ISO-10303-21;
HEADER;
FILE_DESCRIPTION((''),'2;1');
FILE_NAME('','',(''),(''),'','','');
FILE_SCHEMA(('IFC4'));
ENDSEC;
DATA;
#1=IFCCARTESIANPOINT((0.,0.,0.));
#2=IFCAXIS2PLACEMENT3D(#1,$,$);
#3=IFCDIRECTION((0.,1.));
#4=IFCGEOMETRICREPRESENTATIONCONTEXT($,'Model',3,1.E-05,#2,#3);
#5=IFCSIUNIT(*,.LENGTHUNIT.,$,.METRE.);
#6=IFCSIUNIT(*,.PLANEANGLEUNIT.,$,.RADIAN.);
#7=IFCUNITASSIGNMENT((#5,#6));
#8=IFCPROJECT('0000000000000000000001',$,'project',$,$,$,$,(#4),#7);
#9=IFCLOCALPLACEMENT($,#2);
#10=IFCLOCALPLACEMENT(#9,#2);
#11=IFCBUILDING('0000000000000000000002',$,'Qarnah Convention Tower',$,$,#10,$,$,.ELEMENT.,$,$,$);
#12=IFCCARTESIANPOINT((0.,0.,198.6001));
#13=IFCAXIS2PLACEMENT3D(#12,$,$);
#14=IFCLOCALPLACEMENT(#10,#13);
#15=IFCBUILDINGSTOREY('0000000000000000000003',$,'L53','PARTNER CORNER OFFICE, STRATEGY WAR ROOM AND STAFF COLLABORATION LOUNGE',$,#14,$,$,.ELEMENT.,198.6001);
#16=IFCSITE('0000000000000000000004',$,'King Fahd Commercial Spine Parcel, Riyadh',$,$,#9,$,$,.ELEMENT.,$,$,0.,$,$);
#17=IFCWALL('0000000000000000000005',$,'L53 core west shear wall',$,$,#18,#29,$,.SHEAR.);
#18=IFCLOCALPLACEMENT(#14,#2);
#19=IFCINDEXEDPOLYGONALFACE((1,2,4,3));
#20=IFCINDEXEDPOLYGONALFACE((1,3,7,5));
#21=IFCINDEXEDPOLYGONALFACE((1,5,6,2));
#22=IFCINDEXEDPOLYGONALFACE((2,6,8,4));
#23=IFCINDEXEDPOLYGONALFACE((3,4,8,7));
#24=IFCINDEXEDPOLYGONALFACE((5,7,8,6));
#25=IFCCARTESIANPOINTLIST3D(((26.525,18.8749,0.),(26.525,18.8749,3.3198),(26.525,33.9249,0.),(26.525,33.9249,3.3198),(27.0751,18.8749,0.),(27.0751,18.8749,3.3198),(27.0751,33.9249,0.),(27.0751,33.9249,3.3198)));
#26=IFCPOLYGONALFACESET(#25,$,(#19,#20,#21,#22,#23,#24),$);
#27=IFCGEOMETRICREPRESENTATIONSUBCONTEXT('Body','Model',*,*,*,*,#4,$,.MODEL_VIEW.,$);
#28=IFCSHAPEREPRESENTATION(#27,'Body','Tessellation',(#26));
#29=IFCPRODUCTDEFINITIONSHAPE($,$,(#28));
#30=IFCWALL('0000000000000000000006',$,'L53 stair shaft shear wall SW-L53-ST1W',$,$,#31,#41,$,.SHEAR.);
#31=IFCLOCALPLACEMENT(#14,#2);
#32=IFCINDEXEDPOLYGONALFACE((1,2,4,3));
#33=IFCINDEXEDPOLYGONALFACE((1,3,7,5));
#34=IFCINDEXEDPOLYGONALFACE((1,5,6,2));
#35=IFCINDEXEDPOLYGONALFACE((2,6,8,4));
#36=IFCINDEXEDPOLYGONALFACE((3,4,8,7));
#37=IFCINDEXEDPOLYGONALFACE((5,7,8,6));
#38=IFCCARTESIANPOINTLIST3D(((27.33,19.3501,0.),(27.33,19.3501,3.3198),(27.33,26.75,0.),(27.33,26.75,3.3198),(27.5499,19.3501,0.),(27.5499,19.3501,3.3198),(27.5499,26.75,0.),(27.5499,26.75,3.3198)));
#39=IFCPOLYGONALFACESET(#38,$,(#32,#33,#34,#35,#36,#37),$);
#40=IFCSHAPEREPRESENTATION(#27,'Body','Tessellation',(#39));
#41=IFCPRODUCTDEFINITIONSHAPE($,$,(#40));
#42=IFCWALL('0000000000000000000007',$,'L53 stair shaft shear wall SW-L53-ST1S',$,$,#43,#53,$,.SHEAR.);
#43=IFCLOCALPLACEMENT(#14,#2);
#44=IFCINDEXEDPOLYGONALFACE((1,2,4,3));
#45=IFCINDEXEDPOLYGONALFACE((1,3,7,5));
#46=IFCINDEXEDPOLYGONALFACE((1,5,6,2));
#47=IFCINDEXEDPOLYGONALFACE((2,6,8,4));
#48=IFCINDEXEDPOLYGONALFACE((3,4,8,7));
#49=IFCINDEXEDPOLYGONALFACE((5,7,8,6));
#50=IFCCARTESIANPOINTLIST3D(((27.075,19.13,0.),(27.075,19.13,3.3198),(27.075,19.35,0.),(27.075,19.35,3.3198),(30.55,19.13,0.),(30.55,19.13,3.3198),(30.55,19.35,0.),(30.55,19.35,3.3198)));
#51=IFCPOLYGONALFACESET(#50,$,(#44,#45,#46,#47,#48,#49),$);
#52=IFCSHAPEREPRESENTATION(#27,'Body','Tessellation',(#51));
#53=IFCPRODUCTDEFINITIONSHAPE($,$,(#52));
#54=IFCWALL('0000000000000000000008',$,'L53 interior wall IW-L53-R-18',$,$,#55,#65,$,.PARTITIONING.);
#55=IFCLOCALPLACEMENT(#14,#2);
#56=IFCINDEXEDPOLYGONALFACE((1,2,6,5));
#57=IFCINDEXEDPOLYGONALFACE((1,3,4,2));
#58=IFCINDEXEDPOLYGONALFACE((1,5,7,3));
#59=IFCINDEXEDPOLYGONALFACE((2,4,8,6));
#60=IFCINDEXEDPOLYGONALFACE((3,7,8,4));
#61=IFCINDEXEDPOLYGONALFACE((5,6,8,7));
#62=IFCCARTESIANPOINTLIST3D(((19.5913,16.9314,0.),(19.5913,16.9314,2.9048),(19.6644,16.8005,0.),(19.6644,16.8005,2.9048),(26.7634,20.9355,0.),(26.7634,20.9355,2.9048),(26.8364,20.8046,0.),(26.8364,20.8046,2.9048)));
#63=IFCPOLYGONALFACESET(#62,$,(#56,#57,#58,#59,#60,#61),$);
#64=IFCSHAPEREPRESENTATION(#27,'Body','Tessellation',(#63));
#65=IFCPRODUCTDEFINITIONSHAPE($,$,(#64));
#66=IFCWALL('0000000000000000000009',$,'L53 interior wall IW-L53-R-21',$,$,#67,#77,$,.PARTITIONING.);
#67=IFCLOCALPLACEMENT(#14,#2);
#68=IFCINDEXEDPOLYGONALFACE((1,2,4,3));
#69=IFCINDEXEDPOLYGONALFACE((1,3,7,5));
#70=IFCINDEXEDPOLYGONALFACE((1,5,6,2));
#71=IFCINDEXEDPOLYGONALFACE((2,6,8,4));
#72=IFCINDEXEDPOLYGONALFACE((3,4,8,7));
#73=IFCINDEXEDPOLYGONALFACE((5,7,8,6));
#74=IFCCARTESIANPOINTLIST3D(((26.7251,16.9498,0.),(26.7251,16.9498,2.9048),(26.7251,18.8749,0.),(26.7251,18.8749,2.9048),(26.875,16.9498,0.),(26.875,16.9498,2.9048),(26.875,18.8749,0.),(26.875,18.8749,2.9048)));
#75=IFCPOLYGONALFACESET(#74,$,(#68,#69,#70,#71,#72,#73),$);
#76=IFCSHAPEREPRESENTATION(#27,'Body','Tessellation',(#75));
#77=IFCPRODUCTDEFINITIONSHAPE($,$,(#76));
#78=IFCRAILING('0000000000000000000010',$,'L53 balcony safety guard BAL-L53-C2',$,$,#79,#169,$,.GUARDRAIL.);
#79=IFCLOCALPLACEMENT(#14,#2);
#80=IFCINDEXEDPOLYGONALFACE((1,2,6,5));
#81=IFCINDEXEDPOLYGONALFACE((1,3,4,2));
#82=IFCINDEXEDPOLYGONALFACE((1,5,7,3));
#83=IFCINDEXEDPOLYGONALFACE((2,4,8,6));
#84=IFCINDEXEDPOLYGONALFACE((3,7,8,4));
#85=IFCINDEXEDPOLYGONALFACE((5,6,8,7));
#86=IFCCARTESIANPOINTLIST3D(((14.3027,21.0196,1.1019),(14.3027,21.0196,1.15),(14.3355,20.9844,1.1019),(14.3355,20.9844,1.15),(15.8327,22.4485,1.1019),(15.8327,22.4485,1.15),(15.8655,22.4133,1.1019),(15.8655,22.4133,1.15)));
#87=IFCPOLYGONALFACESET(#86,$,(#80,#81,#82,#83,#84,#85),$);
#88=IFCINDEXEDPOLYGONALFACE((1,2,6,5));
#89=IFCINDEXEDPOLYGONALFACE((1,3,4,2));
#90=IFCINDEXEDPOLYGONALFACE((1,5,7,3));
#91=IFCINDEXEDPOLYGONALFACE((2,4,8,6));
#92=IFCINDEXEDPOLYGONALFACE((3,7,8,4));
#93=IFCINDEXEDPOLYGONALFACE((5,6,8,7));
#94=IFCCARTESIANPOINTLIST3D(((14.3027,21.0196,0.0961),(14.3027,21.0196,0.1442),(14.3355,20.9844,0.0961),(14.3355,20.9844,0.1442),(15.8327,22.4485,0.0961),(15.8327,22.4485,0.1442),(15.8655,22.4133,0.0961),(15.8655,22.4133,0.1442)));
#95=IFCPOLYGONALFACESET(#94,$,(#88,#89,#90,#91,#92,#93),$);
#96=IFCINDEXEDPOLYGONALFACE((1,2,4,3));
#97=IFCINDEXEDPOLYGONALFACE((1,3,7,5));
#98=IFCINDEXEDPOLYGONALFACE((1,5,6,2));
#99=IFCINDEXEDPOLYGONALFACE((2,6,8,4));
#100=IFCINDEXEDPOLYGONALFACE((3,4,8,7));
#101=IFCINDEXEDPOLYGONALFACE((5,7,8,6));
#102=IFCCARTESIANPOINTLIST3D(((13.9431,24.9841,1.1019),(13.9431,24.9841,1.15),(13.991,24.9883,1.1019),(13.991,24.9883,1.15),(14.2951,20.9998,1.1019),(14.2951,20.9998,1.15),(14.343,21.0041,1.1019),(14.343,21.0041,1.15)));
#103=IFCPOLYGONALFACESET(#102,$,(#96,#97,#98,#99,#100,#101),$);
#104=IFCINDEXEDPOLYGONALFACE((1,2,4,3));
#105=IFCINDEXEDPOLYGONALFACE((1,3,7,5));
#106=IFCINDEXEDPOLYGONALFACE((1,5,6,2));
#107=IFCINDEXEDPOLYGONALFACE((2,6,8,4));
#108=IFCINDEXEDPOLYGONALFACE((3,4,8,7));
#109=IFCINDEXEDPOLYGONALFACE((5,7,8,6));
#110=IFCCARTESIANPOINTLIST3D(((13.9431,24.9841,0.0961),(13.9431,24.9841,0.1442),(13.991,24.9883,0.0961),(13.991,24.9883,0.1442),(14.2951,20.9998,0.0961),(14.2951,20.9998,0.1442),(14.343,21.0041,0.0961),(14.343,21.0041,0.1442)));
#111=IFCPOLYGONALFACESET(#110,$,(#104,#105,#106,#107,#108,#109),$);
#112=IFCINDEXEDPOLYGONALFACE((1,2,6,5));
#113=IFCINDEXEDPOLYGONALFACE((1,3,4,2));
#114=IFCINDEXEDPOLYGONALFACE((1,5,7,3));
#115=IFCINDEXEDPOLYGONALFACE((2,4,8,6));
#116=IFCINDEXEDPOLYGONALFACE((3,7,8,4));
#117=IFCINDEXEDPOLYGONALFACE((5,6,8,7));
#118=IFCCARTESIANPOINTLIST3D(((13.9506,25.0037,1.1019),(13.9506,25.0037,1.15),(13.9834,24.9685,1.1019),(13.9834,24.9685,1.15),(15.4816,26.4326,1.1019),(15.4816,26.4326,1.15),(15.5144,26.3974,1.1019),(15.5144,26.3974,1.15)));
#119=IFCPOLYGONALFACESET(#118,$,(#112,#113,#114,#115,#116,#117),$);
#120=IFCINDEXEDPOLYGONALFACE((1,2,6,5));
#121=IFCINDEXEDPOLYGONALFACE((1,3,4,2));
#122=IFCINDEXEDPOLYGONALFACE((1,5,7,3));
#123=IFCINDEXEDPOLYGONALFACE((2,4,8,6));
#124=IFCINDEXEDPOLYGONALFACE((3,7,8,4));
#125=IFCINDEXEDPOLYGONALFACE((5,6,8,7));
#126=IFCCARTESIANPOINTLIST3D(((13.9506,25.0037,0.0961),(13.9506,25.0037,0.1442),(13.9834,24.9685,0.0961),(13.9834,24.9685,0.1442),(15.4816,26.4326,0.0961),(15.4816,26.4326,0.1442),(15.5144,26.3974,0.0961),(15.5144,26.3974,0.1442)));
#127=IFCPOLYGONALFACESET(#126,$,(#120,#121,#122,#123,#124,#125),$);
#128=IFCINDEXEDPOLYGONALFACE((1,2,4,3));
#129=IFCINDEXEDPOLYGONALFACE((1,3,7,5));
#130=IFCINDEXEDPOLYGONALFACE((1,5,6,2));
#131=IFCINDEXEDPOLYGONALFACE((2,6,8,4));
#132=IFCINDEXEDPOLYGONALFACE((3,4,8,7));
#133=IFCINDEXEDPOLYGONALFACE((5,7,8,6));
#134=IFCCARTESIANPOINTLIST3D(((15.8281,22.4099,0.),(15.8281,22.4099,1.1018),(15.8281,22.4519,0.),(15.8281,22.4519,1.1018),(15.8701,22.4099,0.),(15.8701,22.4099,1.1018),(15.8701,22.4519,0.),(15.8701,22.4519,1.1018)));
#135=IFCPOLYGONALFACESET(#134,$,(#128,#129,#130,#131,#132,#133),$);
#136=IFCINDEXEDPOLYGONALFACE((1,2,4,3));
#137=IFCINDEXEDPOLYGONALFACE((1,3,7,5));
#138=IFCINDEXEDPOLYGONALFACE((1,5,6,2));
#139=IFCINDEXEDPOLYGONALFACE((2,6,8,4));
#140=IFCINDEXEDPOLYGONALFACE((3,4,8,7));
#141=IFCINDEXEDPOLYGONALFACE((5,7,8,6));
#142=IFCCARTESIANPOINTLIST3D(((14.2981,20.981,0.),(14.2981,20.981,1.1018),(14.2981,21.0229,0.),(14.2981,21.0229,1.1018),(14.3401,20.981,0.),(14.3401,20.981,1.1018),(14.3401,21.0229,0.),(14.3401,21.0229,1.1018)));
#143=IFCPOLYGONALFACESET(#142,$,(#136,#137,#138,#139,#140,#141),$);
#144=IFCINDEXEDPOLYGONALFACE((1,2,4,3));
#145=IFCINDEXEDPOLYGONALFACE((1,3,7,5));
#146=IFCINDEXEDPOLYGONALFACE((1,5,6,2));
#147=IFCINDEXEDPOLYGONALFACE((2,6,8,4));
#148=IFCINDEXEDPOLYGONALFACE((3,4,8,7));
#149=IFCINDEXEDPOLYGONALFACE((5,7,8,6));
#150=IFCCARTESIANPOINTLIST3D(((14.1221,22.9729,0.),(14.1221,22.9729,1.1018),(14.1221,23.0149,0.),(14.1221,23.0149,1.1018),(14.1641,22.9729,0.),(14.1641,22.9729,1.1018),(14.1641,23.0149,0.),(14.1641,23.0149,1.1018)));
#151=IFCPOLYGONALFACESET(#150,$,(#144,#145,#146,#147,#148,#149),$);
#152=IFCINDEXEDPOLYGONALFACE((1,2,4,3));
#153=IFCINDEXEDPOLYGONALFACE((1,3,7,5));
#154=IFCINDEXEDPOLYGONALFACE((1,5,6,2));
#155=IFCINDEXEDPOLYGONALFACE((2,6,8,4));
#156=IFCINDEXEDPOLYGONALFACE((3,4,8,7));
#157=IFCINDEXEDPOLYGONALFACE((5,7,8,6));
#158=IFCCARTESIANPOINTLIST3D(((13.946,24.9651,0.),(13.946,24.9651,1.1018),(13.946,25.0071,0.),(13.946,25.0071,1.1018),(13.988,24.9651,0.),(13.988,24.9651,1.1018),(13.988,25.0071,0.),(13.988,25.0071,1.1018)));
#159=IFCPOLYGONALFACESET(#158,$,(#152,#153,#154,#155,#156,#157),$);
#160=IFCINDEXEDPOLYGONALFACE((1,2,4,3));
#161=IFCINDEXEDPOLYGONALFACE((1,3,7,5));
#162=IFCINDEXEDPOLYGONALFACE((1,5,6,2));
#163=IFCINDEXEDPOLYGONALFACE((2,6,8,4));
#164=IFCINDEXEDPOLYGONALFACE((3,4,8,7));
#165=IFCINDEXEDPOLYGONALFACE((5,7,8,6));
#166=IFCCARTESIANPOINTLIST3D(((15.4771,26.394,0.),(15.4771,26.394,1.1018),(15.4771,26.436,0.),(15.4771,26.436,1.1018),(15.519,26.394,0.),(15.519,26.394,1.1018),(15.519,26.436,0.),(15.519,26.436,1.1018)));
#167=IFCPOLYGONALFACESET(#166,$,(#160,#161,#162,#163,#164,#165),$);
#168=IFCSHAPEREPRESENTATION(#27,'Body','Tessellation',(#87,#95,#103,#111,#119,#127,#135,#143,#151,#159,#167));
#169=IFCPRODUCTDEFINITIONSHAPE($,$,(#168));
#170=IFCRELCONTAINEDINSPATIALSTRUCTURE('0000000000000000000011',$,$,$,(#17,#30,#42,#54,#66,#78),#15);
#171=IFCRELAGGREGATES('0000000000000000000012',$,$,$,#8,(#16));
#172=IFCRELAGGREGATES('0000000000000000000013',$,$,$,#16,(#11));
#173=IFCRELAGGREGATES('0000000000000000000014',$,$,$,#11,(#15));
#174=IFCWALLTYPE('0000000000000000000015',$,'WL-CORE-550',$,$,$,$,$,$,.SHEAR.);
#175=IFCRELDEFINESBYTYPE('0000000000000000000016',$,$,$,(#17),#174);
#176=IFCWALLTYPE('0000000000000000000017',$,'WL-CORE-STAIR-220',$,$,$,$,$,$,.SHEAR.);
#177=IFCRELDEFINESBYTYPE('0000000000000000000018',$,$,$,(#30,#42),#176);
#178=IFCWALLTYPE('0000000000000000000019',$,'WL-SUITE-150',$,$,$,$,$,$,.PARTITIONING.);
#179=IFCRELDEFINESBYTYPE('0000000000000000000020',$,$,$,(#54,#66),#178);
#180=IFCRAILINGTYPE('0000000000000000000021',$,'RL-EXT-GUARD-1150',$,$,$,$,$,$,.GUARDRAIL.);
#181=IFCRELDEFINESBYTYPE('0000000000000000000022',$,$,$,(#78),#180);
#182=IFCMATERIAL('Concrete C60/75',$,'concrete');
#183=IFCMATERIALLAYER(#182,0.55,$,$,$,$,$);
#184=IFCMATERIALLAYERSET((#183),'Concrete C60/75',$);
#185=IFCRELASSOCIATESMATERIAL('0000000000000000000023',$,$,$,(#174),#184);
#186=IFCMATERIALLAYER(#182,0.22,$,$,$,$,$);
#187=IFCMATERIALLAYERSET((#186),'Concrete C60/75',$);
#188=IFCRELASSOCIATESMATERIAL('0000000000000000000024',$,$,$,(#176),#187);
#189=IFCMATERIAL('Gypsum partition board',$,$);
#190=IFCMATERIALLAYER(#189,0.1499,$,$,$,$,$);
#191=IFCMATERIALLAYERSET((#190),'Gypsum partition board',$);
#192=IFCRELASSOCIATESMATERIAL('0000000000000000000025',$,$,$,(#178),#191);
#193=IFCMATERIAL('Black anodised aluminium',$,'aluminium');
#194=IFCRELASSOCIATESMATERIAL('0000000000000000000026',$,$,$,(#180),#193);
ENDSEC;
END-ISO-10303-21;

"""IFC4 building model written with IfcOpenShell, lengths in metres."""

from ifc_helpers import new_model, si_unit, direction, frame, frame_2d, origin, origin_2d, place, context, subcontext, project, spatial, rectangle, extrude, material, layer, layer_set, type_object, element, save


model = new_model("IFC4")

# Units and contexts
model_context = context("Model", 3, precision=1e-05, world=origin(), true_north=direction((0.0, 1.0)))
body_context = subcontext(model_context, "Body", "Model", "MODEL_VIEW")
ifc_project = project(units=[si_unit("LENGTHUNIT", "METRE"), si_unit("PLANEANGLEUNIT", "RADIAN")], contexts=[model_context])

# Site, building, storey
site_placement = place(None, origin())
site = spatial("IfcSite", under=ifc_project, at=site_placement, Name="King Fahd Commercial Spine Parcel, Riyadh", CompositionType="ELEMENT", RefElevation=0.0)
building_placement = place(site_placement, origin())
building = spatial("IfcBuilding", under=site, at=building_placement, Name="Qarnah Convention Tower", CompositionType="ELEMENT")
storey_placement = place(building_placement, frame((0.0, 0.0, 198.6001)))
storey = spatial("IfcBuildingStorey", under=building, at=storey_placement, Name="L53", Description="PARTNER CORNER OFFICE, STRATEGY WAR ROOM AND STAFF COLLABORATION LOUNGE", CompositionType="ELEMENT", Elevation=198.6001)

# Shared definitions
ifc_material_1 = material(Name="Black anodised aluminium", Category="aluminium")

# Shared definitions
ifc_material_2 = material(Name="Concrete C60/75", Category="concrete")
ifc_layer_1 = layer(ifc_material_2, 0.55)
ifc_layer_set_1 = layer_set([ifc_layer_1], Name="Concrete C60/75")
wall_type_1 = type_object("IfcWallType", Name="WL-CORE-550", PredefinedType="SHEAR", material=ifc_layer_set_1)

# Walls
wall_1_placement = place(storey_placement, frame((26.8, 18.875, 0.0), z_axis=(0.0, 0.0, 1.0), x_axis=(0.0, 1.0, 0.0)))
element("IfcWall", 1, at=wall_1_placement, inside=storey, type_object=wall_type_1, Name="L53 core west shear wall", PredefinedType="SHEAR", context=body_context, shape_type="SweptSolid", body=[
    extrude(rectangle(XDim=15.05, YDim=0.55, at=frame_2d((7.5249, 0.0))), origin(), (0.0, 0.0, 1.0), 3.3198),
])
ifc_layer_2 = layer(ifc_material_2, 0.22)
ifc_layer_set_2 = layer_set([ifc_layer_2], Name="Concrete C60/75")
wall_type_2 = type_object("IfcWallType", Name="WL-CORE-STAIR-220", PredefinedType="SHEAR", material=ifc_layer_set_2)
wall_2_placement = place(storey_placement, frame((27.4399, 19.3501, 0.0), z_axis=(0.0, 0.0, 1.0), x_axis=(0.0, 1.0, 0.0)))
element("IfcWall", 2, at=wall_2_placement, inside=storey, type_object=wall_type_2, Name="L53 stair shaft shear wall SW-L53-ST1W", PredefinedType="SHEAR", context=body_context, shape_type="SweptSolid", body=[
    extrude(rectangle(XDim=7.3999, YDim=0.22, at=frame_2d((3.7, 0.0))), origin(), (0.0, 0.0, 1.0), 3.3198),
])
wall_3_placement = place(storey_placement, frame((27.075, 19.24, 0.0), z_axis=(0.0, 0.0, 1.0), x_axis=(1.0, 0.0, 0.0)))
element("IfcWall", 3, at=wall_3_placement, inside=storey, type_object=wall_type_2, Name="L53 stair shaft shear wall SW-L53-ST1S", PredefinedType="SHEAR", context=body_context, shape_type="SweptSolid", body=[
    extrude(rectangle(XDim=3.4751, YDim=0.22, at=frame_2d((1.7375, 0.0))), origin(), (0.0, 0.0, 1.0), 3.3198),
])

# Walls
ifc_material_3 = material(Name="Gypsum partition board")
ifc_layer_3 = layer(ifc_material_3, 0.1499)
ifc_layer_set_3 = layer_set([ifc_layer_3], Name="Gypsum partition board")
wall_type_3 = type_object("IfcWallType", Name="WL-SUITE-150", PredefinedType="PARTITIONING", material=ifc_layer_set_3)
wall_4_placement = place(storey_placement, frame((19.6279, 16.866, 0.0), z_axis=(0.0, 0.0, 1.0), x_axis=(0.87314, 0.487469, 0.0)))
element("IfcWall", 4, at=wall_4_placement, inside=storey, type_object=wall_type_3, Name="L53 interior wall IW-L53-R-18", PredefinedType="PARTITIONING", context=body_context, shape_type="SweptSolid", body=[
    extrude(rectangle(XDim=8.2141, YDim=0.1499, at=frame_2d((4.1069, 0.0))), origin(), (0.0, 0.0, 1.0), 2.9048),
])
wall_5_placement = place(storey_placement, frame((26.8, 16.95, 0.0), z_axis=(0.0, 0.0, 1.0), x_axis=(0.0, 1.0, 0.0)))
element("IfcWall", 5, at=wall_5_placement, inside=storey, type_object=wall_type_3, Name="L53 interior wall IW-L53-R-21", PredefinedType="PARTITIONING", context=body_context, shape_type="SweptSolid", body=[
    extrude(rectangle(XDim=1.925, YDim=0.1499, at=frame_2d((0.9624, 0.0))), origin(), (0.0, 0.0, 1.0), 2.9048),
])

# Railing
railing_type = type_object("IfcRailingType", Name="RL-EXT-GUARD-1150", PredefinedType="GUARDRAIL", material=ifc_material_1)
railing_placement = place(storey_placement, frame((15.8491, 22.4309, 0.0)))
element("IfcRailing", 6, at=railing_placement, inside=storey, type_object=railing_type, Name="L53 balcony safety guard BAL-L53-C2", PredefinedType="GUARDRAIL", context=body_context, shape_type="SweptSolid", body=[
    extrude(rectangle(XDim=0.0481, YDim=0.0481, at=origin_2d()), frame((0.0, 0.0, 1.126), z_axis=(-0.730834, -0.682555, 0.0), x_axis=(0.682555, -0.730834, 0.0)), (0.0, 0.0, 1.0), 2.0935),
    extrude(rectangle(XDim=0.0481, YDim=0.0481, at=origin_2d()), frame((0.0, 0.0, 0.1201), z_axis=(-0.730834, -0.682555, 0.0), x_axis=(0.682555, -0.730834, 0.0)), (0.0, 0.0, 1.0), 2.0935),
    extrude(rectangle(XDim=0.0481, YDim=0.0481, at=origin_2d()), frame((-1.53, -1.429, 1.126), z_axis=(-0.08802, 0.996119, 0.0), x_axis=(-0.996119, -0.08802, 0.0)), (0.0, 0.0, 1.0), 3.9998),
    extrude(rectangle(XDim=0.0481, YDim=0.0481, at=origin_2d()), frame((-1.53, -1.429, 0.1201), z_axis=(-0.08802, 0.996119, 0.0), x_axis=(-0.996119, -0.08802, 0.0)), (0.0, 0.0, 1.0), 3.9998),
    extrude(rectangle(XDim=0.0481, YDim=0.0481, at=origin_2d()), frame((-1.8821, 2.5552, 1.126), z_axis=(0.731051, 0.682322, 0.0), x_axis=(-0.682322, 0.731051, 0.0)), (0.0, 0.0, 1.0), 2.0942),
    extrude(rectangle(XDim=0.0481, YDim=0.0481, at=origin_2d()), frame((-1.8821, 2.5552, 0.1201), z_axis=(0.731051, 0.682322, 0.0), x_axis=(-0.682322, 0.731051, 0.0)), (0.0, 0.0, 1.0), 2.0942),
    extrude(rectangle(XDim=0.042, YDim=0.042, at=origin_2d()), origin(), (0.0, 0.0, 1.0), 1.1018),
    extrude(rectangle(XDim=0.042, YDim=0.042, at=origin_2d()), frame((-1.53, -1.429, 0.0)), (0.0, 0.0, 1.0), 1.1018),
    extrude(rectangle(XDim=0.042, YDim=0.042, at=origin_2d()), frame((-1.7061, 0.563, 0.0)), (0.0, 0.0, 1.0), 1.1018),
    extrude(rectangle(XDim=0.042, YDim=0.042, at=origin_2d()), frame((-1.8821, 2.5552, 0.0)), (0.0, 0.0, 1.0), 1.1018),
    extrude(rectangle(XDim=0.042, YDim=0.042, at=origin_2d()), frame((-0.3511, 3.9841, 0.0)), (0.0, 0.0, 1.0), 1.1018),
])

save(model, "model.ifc")
